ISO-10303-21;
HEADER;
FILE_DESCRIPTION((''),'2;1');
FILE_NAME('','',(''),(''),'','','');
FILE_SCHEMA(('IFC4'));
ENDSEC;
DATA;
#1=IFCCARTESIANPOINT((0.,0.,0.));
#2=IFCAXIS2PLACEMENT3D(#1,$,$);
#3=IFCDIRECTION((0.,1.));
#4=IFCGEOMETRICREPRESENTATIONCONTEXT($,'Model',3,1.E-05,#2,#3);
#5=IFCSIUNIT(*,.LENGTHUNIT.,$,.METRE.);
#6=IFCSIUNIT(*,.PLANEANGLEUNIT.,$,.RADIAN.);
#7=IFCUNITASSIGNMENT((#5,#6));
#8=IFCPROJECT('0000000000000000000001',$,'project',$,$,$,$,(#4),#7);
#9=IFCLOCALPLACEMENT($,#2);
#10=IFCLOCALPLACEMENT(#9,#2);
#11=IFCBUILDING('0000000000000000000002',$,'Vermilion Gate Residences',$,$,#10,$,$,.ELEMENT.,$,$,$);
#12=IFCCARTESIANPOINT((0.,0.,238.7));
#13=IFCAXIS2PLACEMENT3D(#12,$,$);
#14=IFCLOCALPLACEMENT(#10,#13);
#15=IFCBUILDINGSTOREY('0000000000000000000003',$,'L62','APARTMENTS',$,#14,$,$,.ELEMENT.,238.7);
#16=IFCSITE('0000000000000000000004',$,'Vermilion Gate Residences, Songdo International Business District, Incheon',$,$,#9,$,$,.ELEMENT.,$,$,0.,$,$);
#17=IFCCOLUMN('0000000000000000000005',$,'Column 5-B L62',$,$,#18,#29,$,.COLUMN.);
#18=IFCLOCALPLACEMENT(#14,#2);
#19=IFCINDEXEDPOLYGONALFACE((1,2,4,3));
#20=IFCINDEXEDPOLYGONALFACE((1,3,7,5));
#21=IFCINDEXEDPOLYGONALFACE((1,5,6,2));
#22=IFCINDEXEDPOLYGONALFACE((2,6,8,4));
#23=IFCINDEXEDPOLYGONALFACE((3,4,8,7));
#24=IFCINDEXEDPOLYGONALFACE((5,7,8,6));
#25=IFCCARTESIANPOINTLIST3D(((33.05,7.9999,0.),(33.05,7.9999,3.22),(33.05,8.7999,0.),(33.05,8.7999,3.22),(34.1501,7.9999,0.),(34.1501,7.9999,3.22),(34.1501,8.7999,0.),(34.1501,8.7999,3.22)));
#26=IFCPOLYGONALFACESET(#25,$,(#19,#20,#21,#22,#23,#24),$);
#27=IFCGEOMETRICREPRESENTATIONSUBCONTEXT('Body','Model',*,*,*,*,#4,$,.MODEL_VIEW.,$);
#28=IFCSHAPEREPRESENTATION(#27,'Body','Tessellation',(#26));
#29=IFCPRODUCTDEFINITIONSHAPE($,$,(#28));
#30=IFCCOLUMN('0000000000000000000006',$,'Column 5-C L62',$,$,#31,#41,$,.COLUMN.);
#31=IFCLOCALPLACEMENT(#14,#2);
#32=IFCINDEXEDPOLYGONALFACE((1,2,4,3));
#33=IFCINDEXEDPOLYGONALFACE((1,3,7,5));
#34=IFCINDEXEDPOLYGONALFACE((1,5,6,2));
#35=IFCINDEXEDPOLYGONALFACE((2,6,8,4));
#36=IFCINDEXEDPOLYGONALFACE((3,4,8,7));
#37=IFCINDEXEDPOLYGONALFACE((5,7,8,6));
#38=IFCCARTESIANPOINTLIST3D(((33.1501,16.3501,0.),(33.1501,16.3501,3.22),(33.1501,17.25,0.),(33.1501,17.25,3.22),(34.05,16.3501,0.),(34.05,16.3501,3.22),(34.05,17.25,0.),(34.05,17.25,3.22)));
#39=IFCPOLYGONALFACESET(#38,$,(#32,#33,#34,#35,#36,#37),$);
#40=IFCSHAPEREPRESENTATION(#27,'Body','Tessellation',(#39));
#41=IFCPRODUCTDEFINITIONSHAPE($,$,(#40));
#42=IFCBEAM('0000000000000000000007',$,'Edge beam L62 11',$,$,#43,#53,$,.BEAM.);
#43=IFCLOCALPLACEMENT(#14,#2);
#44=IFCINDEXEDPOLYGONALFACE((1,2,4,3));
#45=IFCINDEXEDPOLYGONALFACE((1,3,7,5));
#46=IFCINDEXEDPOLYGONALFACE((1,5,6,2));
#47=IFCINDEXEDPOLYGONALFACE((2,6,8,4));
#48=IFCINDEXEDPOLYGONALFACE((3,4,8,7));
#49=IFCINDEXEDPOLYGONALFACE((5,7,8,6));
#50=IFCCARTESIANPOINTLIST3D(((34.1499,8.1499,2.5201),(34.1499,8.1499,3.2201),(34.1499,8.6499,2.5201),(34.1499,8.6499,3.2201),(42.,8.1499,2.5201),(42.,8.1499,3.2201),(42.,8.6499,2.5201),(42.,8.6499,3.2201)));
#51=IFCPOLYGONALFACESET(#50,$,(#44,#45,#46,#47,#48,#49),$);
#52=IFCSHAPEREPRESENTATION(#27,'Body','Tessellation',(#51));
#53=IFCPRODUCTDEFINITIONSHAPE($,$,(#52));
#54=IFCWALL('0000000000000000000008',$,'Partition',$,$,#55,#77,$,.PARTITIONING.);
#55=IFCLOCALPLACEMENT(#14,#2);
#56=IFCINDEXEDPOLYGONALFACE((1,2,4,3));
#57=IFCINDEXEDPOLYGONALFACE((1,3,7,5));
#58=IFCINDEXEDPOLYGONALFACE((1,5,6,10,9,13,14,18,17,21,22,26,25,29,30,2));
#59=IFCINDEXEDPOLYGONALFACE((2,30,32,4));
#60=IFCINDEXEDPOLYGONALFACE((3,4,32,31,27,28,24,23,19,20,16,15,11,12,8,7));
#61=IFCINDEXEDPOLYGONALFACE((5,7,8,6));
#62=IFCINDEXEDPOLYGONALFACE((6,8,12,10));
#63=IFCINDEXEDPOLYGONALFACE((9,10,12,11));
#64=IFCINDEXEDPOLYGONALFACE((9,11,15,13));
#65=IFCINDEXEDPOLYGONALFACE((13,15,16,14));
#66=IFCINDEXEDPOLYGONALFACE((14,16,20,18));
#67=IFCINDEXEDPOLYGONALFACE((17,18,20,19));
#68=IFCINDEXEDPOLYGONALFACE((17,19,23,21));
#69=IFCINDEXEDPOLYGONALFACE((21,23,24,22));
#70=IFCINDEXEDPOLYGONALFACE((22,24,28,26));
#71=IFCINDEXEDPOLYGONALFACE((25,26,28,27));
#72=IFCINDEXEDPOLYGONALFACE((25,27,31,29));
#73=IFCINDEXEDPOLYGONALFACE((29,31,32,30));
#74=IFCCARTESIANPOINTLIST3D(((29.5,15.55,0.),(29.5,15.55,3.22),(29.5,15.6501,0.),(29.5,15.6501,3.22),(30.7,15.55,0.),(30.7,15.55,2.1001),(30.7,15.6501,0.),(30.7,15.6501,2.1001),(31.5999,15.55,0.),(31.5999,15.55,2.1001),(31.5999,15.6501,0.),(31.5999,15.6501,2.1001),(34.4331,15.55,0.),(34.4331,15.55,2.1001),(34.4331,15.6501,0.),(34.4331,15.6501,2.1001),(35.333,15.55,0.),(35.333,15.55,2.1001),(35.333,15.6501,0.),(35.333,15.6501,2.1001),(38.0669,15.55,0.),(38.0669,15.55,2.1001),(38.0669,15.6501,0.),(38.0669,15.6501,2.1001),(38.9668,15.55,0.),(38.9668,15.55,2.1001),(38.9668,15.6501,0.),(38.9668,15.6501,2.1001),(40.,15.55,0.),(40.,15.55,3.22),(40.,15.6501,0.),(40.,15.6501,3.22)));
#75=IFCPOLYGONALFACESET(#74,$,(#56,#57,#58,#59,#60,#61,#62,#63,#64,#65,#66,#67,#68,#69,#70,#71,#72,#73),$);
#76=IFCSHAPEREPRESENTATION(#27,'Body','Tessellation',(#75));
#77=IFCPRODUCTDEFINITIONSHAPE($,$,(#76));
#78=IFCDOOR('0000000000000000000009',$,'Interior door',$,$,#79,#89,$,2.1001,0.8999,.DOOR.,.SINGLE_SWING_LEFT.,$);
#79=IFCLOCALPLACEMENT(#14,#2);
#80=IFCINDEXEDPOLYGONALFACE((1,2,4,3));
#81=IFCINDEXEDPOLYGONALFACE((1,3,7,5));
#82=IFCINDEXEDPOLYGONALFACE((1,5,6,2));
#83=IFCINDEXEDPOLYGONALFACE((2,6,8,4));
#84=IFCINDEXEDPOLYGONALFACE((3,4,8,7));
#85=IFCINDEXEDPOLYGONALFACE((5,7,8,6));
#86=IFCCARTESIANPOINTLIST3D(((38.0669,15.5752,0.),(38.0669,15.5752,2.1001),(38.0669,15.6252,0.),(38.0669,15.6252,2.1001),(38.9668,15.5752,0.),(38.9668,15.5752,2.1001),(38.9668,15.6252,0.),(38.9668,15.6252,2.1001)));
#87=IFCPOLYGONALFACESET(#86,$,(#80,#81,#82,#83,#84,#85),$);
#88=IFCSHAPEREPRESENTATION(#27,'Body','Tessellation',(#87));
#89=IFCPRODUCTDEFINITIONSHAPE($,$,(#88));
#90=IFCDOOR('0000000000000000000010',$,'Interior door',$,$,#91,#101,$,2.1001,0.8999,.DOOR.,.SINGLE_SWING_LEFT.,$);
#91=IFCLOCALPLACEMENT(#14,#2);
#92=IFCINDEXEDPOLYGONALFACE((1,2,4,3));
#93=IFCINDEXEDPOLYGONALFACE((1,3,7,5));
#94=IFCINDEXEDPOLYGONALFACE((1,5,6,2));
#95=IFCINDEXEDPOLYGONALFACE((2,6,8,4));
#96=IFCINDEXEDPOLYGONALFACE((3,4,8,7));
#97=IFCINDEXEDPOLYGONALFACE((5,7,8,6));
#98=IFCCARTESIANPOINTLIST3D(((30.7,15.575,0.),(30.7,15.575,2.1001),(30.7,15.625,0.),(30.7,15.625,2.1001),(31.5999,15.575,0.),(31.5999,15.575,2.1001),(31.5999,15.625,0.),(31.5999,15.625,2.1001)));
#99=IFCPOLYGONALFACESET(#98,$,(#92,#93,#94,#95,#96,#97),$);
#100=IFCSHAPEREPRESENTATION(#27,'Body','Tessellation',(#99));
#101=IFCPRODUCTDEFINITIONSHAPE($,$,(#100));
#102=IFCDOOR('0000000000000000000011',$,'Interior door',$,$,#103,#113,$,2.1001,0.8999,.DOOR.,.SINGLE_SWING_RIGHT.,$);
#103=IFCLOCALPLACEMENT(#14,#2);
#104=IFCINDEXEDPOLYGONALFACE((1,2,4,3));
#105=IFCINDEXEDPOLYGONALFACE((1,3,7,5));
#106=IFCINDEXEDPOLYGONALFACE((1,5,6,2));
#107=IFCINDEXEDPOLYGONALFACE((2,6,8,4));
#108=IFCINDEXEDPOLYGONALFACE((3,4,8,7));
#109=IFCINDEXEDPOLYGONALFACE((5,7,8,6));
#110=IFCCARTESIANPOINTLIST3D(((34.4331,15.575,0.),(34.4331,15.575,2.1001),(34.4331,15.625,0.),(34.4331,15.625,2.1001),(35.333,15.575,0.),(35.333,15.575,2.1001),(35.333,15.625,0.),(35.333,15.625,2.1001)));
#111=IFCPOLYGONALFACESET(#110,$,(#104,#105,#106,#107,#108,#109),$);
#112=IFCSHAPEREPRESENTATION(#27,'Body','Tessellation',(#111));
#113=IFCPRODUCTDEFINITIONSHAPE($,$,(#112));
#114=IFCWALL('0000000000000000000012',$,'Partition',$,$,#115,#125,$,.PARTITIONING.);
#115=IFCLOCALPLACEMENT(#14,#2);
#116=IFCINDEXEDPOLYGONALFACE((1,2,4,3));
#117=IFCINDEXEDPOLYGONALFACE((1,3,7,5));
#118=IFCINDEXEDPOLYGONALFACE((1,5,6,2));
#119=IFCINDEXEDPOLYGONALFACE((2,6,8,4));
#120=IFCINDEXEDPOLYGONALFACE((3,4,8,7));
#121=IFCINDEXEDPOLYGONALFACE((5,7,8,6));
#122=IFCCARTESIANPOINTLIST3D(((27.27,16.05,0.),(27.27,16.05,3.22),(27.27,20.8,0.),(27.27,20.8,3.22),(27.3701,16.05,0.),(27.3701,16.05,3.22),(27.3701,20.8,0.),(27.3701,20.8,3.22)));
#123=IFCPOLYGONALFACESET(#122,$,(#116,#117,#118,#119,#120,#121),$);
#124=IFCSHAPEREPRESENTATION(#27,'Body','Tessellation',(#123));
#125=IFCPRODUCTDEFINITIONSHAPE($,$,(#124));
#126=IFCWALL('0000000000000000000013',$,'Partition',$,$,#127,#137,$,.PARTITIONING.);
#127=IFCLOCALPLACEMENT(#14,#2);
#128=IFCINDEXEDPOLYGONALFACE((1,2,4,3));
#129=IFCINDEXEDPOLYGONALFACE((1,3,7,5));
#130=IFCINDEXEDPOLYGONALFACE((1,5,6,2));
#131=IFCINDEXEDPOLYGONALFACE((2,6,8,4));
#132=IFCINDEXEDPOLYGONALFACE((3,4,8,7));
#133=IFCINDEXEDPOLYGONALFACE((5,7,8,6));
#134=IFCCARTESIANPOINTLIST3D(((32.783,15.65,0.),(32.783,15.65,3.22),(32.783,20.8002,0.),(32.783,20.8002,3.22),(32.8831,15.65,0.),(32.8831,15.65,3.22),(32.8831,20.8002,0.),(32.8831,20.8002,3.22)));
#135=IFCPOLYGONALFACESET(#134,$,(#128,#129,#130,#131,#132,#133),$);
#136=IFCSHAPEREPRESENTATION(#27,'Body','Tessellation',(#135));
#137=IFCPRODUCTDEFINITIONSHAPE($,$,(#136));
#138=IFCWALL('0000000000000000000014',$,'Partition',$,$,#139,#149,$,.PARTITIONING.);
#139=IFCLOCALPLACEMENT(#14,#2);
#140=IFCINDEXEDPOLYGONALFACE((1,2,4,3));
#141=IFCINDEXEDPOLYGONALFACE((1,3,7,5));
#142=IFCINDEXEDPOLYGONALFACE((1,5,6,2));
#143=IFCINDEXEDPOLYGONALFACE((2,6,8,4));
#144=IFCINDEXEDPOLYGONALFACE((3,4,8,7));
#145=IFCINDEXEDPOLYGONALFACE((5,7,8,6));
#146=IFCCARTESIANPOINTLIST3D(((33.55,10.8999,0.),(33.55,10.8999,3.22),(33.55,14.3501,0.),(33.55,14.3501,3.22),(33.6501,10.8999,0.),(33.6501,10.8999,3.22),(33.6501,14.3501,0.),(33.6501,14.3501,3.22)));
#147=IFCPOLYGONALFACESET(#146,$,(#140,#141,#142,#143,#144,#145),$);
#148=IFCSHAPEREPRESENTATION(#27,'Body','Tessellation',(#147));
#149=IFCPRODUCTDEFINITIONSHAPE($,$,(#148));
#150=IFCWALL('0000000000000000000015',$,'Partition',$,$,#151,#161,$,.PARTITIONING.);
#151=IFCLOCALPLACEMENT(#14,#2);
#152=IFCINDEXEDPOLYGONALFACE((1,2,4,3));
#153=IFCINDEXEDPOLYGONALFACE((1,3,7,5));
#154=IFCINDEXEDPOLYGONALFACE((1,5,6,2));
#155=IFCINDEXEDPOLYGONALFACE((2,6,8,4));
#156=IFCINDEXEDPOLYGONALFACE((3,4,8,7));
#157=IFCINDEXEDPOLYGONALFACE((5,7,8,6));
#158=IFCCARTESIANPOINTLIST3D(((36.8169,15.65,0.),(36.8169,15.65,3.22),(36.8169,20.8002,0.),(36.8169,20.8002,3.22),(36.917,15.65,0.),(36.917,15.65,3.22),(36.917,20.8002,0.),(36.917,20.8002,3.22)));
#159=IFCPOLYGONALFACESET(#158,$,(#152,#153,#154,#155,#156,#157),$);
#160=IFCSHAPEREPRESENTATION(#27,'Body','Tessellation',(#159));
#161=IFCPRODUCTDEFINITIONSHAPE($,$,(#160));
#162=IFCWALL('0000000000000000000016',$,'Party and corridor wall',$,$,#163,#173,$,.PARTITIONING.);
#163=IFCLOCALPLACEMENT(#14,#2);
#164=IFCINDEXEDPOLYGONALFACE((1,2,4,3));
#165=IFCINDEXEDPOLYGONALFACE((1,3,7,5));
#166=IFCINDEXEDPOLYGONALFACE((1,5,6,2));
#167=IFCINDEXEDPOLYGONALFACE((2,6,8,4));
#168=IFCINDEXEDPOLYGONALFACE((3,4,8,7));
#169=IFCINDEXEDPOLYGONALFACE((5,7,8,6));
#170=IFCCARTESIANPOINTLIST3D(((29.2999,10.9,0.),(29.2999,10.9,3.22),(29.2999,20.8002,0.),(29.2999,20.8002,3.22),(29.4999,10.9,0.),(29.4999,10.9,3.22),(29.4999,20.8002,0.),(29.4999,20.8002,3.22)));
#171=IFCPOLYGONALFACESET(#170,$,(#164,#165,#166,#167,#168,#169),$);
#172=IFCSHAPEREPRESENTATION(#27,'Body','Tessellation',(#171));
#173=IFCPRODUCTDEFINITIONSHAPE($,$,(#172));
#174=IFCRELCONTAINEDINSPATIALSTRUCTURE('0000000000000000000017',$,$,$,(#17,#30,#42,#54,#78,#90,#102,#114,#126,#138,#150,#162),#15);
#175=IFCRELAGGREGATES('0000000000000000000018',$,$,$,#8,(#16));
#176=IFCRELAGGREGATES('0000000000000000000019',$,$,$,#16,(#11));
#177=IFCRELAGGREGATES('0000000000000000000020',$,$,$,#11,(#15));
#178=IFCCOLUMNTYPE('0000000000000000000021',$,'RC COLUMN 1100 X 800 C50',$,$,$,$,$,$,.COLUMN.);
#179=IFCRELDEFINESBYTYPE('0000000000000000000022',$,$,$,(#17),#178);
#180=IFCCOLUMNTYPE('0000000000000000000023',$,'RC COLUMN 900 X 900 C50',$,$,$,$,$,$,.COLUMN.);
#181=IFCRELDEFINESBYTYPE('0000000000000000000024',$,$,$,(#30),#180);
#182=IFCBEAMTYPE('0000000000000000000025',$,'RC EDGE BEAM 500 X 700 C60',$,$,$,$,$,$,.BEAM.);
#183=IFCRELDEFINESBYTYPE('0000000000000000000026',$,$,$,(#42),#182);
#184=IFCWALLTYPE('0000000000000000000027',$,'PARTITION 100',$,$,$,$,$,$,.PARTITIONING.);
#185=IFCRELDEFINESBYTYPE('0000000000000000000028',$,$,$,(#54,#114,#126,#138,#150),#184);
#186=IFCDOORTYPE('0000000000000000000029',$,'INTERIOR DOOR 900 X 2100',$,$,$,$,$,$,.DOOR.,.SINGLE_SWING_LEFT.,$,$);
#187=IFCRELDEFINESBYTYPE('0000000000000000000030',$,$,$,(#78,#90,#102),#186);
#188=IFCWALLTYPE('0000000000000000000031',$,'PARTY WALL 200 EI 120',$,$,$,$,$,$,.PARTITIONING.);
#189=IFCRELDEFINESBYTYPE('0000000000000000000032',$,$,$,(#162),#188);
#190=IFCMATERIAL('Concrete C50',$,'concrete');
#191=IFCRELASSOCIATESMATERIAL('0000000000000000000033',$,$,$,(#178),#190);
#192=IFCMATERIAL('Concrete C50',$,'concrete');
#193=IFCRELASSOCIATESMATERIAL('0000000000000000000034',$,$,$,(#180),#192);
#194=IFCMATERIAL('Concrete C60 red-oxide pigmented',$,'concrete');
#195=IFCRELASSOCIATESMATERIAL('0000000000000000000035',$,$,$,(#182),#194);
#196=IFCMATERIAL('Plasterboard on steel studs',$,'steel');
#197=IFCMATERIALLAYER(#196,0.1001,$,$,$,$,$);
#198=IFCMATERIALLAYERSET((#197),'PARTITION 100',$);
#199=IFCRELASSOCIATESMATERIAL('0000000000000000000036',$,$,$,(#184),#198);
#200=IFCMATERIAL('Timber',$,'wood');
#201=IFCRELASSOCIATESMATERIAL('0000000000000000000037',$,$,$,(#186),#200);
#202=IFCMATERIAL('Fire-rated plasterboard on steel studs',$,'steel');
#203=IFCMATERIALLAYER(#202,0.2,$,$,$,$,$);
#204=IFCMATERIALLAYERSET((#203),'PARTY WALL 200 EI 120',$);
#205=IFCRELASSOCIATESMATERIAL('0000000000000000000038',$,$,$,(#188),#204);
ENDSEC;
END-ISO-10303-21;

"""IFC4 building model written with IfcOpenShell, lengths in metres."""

from ifc_helpers import new_model, si_unit, direction, frame, frame_2d, origin, origin_2d, place, context, subcontext, project, spatial, rectangle, extrude, material, layer, layer_set, material_profile, profile_set, type_object, element, fill, save


model = new_model("IFC4")

# Units and contexts
model_context = context("Model", 3, precision=1e-05, world=origin(), true_north=direction((0.0, 1.0)))
body_context = subcontext(model_context, "Body", "Model", "MODEL_VIEW")
ifc_project = project(units=[si_unit("LENGTHUNIT", "METRE"), si_unit("PLANEANGLEUNIT", "RADIAN")], contexts=[model_context])

# Site, building, storey
site_placement = place(None, origin())
site = spatial("IfcSite", under=ifc_project, at=site_placement, Name="Vermilion Gate Residences, Songdo International Business District, Incheon", CompositionType="ELEMENT", RefElevation=0.0)
building_placement = place(site_placement, origin())
building = spatial("IfcBuilding", under=site, at=building_placement, Name="Vermilion Gate Residences", CompositionType="ELEMENT")
storey_placement = place(building_placement, frame((0.0, 0.0, 238.7)))
storey = spatial("IfcBuildingStorey", under=building, at=storey_placement, Name="L62", Description="APARTMENTS", CompositionType="ELEMENT", Elevation=238.7)

# Columns
ifc_material_1 = material(Name="Concrete C50", Category="concrete")
ifc_material_profile_1 = material_profile(ifc_material_1, rectangle(XDim=1.1001, YDim=0.8, at=origin_2d()), Name="RC-1100x800")
ifc_profile_set_1 = profile_set([ifc_material_profile_1], Name="Concrete C50")
column_type_1 = type_object("IfcColumnType", Name="RC COLUMN 1100 X 800 C50", PredefinedType="COLUMN", material=ifc_profile_set_1)
column_1_placement = place(storey_placement, frame((33.6001, 8.3999, 0.0), z_axis=(0.0, 0.0, 1.0), x_axis=(1.0, 0.0, 0.0)))
element("IfcColumn", 1, at=column_1_placement, inside=storey, type_object=column_type_1, Name="Column 5-B L62", PredefinedType="COLUMN", context=body_context, shape_type="SweptSolid", body=[
    extrude(rectangle(XDim=1.1001, YDim=0.8, at=origin_2d()), origin(), (0.0, 0.0, 1.0), 3.22),
])
ifc_material_2 = material(Name="Concrete C50", Category="concrete")
ifc_material_profile_2 = material_profile(ifc_material_2, rectangle(XDim=0.8999, YDim=0.8999, at=origin_2d()), Name="RC-900x900")
ifc_profile_set_2 = profile_set([ifc_material_profile_2], Name="Concrete C50")
column_type_2 = type_object("IfcColumnType", Name="RC COLUMN 900 X 900 C50", PredefinedType="COLUMN", material=ifc_profile_set_2)
column_2_placement = place(storey_placement, frame((33.6001, 16.8, 0.0), z_axis=(0.0, 0.0, 1.0), x_axis=(1.0, 0.0, 0.0)))
element("IfcColumn", 2, at=column_2_placement, inside=storey, type_object=column_type_2, Name="Column 5-C L62", PredefinedType="COLUMN", context=body_context, shape_type="SweptSolid", body=[
    extrude(rectangle(XDim=0.8999, YDim=0.8999, at=origin_2d()), origin(), (0.0, 0.0, 1.0), 3.22),
])

# Beam
ifc_material_3 = material(Name="Concrete C60 red-oxide pigmented", Category="concrete")
ifc_material_profile_3 = material_profile(ifc_material_3, rectangle(XDim=0.5, YDim=0.7, at=origin_2d()), Name="RC-500x700")
ifc_profile_set_3 = profile_set([ifc_material_profile_3], Name="Concrete C60 red-oxide pigmented")
beam_type = type_object("IfcBeamType", Name="RC EDGE BEAM 500 X 700 C60", PredefinedType="BEAM", material=ifc_profile_set_3)
beam_placement = place(storey_placement, frame((34.1499, 8.3999, 2.8701), z_axis=(1.0, 0.0, 0.0), x_axis=(0.0, 1.0, 0.0)))
element("IfcBeam", 3, at=beam_placement, inside=storey, type_object=beam_type, Name="Edge beam L62 11", PredefinedType="BEAM", context=body_context, shape_type="SweptSolid", body=[
    extrude(rectangle(XDim=0.5, YDim=0.7, at=origin_2d()), origin(), (0.0, 0.0, 1.0), 7.8501),
])

# Wall, openings, doors
ifc_material_4 = material(Name="Plasterboard on steel studs", Category="steel")
ifc_layer_1 = layer(ifc_material_4, 0.1001)
ifc_layer_set_1 = layer_set([ifc_layer_1], Name="PARTITION 100")
wall_type_1 = type_object("IfcWallType", Name="PARTITION 100", PredefinedType="PARTITIONING", material=ifc_layer_set_1)
wall_1_placement = place(storey_placement, frame((29.5, 15.6001, 0.0), z_axis=(0.0, 0.0, 1.0), x_axis=(1.0, 0.0, 0.0)))
wall_1 = element("IfcWall", 4, at=wall_1_placement, inside=storey, type_object=wall_type_1, Name="Partition", PredefinedType="PARTITIONING", context=body_context, shape_type="SweptSolid", body=[
    extrude(rectangle(XDim=10.5, YDim=0.1001, at=frame_2d((5.25, 0.0))), origin(), (0.0, 0.0, 1.0), 3.22),
])
opening_1_placement = place(wall_1_placement, frame((8.5669, 0.0, 0.0)))
opening_1 = element("IfcOpeningElement", 5, at=opening_1_placement, cuts=wall_1, PredefinedType="OPENING", context=body_context, shape_type="SweptSolid", body=[
    extrude(rectangle(XDim=0.8999, YDim=2.1001, at=frame_2d((0.45, 1.05))), frame((0.0, 0.0601, 0.0), z_axis=(0.0, -1.0, 0.0), x_axis=(1.0, 0.0, 0.0)), (0.0, 0.0, 1.0), 0.1201),
])
opening_2_placement = place(wall_1_placement, frame((1.2, 0.0, 0.0)))
opening_2 = element("IfcOpeningElement", 6, at=opening_2_placement, cuts=wall_1, PredefinedType="OPENING", context=body_context, shape_type="SweptSolid", body=[
    extrude(rectangle(XDim=0.8999, YDim=2.1001, at=frame_2d((0.45, 1.05))), frame((0.0, 0.0601, 0.0), z_axis=(0.0, -1.0, 0.0), x_axis=(1.0, 0.0, 0.0)), (0.0, 0.0, 1.0), 0.1201),
])
opening_3_placement = place(wall_1_placement, frame((4.9331, 0.0, 0.0)))
opening_3 = element("IfcOpeningElement", 7, at=opening_3_placement, cuts=wall_1, PredefinedType="OPENING", context=body_context, shape_type="SweptSolid", body=[
    extrude(rectangle(XDim=0.8999, YDim=2.1001, at=frame_2d((0.45, 1.05))), frame((0.0, 0.0601, 0.0), z_axis=(0.0, -1.0, 0.0), x_axis=(1.0, 0.0, 0.0)), (0.0, 0.0, 1.0), 0.1201),
])
ifc_material_5 = material(Name="Timber", Category="wood")
door_type = type_object("IfcDoorType", Name="INTERIOR DOOR 900 X 2100", OperationType="SINGLE_SWING_LEFT", PredefinedType="DOOR", material=ifc_material_5)
door_1_placement = place(opening_1_placement, frame((0.8999, 0.0, 0.0), z_axis=(0.0, 0.0, 1.0), x_axis=(-1.0, 0.0, 0.0)))
door_1 = element("IfcDoor", 8, at=door_1_placement, inside=storey, type_object=door_type, Name="Interior door", OperationType="SINGLE_SWING_LEFT", OverallHeight=2.1001, OverallWidth=0.8999, PredefinedType="DOOR", context=body_context, shape_type="SweptSolid", body=[
    extrude(rectangle(XDim=0.8999, YDim=2.1001, at=frame_2d((0.45, 1.05))), frame((0.0, 0.0249, 0.0), z_axis=(0.0, -1.0, 0.0), x_axis=(1.0, 0.0, 0.0)), (0.0, 0.0, 1.0), 0.05),
])
fill(opening_1, door_1)
door_2_placement = place(opening_2_placement, origin())
door_2 = element("IfcDoor", 9, at=door_2_placement, inside=storey, type_object=door_type, Name="Interior door", OperationType="SINGLE_SWING_LEFT", OverallHeight=2.1001, OverallWidth=0.8999, PredefinedType="DOOR", context=body_context, shape_type="SweptSolid", body=[
    extrude(rectangle(XDim=0.8999, YDim=2.1001, at=frame_2d((0.45, 1.05))), frame((0.0, 0.0249, 0.0), z_axis=(0.0, -1.0, 0.0), x_axis=(1.0, 0.0, 0.0)), (0.0, 0.0, 1.0), 0.05),
])
fill(opening_2, door_2)
door_3_placement = place(opening_3_placement, origin())
door_3 = element("IfcDoor", 10, at=door_3_placement, inside=storey, type_object=door_type, Name="Interior door", OperationType="SINGLE_SWING_RIGHT", OverallHeight=2.1001, OverallWidth=0.8999, PredefinedType="DOOR", context=body_context, shape_type="SweptSolid", body=[
    extrude(rectangle(XDim=0.8999, YDim=2.1001, at=frame_2d((0.45, 1.05))), frame((0.0, 0.0249, 0.0), z_axis=(0.0, -1.0, 0.0), x_axis=(1.0, 0.0, 0.0)), (0.0, 0.0, 1.0), 0.05),
])
fill(opening_3, door_3)

# Walls
wall_2_placement = place(storey_placement, frame((27.3201, 16.05, 0.0), z_axis=(0.0, 0.0, 1.0), x_axis=(0.0, 1.0, 0.0)))
element("IfcWall", 11, at=wall_2_placement, inside=storey, type_object=wall_type_1, Name="Partition", PredefinedType="PARTITIONING", context=body_context, shape_type="SweptSolid", body=[
    extrude(rectangle(XDim=4.75, YDim=0.1001, at=frame_2d((2.375, 0.0))), origin(), (0.0, 0.0, 1.0), 3.22),
])
wall_3_placement = place(storey_placement, frame((32.833, 15.6499, 0.0), z_axis=(0.0, 0.0, 1.0), x_axis=(0.0, 1.0, 0.0)))
element("IfcWall", 12, at=wall_3_placement, inside=storey, type_object=wall_type_1, Name="Partition", PredefinedType="PARTITIONING", context=body_context, shape_type="SweptSolid", body=[
    extrude(rectangle(XDim=5.1501, YDim=0.1001, at=frame_2d((2.5752, 0.0))), origin(), (0.0, 0.0, 1.0), 3.22),
])
wall_4_placement = place(storey_placement, frame((33.6001, 10.8999, 0.0), z_axis=(0.0, 0.0, 1.0), x_axis=(0.0, 1.0, 0.0)))
element("IfcWall", 13, at=wall_4_placement, inside=storey, type_object=wall_type_1, Name="Partition", PredefinedType="PARTITIONING", context=body_context, shape_type="SweptSolid", body=[
    extrude(rectangle(XDim=3.4502, YDim=0.1001, at=frame_2d((1.7251, 0.0))), origin(), (0.0, 0.0, 1.0), 3.22),
])
wall_5_placement = place(storey_placement, frame((36.8669, 15.6499, 0.0), z_axis=(0.0, 0.0, 1.0), x_axis=(0.0, 1.0, 0.0)))
element("IfcWall", 14, at=wall_5_placement, inside=storey, type_object=wall_type_1, Name="Partition", PredefinedType="PARTITIONING", context=body_context, shape_type="SweptSolid", body=[
    extrude(rectangle(XDim=5.1501, YDim=0.1001, at=frame_2d((2.5752, 0.0))), origin(), (0.0, 0.0, 1.0), 3.22),
])
ifc_material_6 = material(Name="Fire-rated plasterboard on steel studs", Category="steel")
ifc_layer_2 = layer(ifc_material_6, 0.2)
ifc_layer_set_2 = layer_set([ifc_layer_2], Name="PARTY WALL 200 EI 120")
wall_type_2 = type_object("IfcWallType", Name="PARTY WALL 200 EI 120", PredefinedType="PARTITIONING", material=ifc_layer_set_2)
wall_6_placement = place(storey_placement, frame((29.3999, 10.8999, 0.0), z_axis=(0.0, 0.0, 1.0), x_axis=(0.0, 1.0, 0.0)))
element("IfcWall", 15, at=wall_6_placement, inside=storey, type_object=wall_type_2, Name="Party and corridor wall", PredefinedType="PARTITIONING", context=body_context, shape_type="SweptSolid", body=[
    extrude(rectangle(XDim=9.9001, YDim=0.2, at=frame_2d((4.9502, 0.0))), origin(), (0.0, 0.0, 1.0), 3.22),
])

save(model, "model.ifc")
